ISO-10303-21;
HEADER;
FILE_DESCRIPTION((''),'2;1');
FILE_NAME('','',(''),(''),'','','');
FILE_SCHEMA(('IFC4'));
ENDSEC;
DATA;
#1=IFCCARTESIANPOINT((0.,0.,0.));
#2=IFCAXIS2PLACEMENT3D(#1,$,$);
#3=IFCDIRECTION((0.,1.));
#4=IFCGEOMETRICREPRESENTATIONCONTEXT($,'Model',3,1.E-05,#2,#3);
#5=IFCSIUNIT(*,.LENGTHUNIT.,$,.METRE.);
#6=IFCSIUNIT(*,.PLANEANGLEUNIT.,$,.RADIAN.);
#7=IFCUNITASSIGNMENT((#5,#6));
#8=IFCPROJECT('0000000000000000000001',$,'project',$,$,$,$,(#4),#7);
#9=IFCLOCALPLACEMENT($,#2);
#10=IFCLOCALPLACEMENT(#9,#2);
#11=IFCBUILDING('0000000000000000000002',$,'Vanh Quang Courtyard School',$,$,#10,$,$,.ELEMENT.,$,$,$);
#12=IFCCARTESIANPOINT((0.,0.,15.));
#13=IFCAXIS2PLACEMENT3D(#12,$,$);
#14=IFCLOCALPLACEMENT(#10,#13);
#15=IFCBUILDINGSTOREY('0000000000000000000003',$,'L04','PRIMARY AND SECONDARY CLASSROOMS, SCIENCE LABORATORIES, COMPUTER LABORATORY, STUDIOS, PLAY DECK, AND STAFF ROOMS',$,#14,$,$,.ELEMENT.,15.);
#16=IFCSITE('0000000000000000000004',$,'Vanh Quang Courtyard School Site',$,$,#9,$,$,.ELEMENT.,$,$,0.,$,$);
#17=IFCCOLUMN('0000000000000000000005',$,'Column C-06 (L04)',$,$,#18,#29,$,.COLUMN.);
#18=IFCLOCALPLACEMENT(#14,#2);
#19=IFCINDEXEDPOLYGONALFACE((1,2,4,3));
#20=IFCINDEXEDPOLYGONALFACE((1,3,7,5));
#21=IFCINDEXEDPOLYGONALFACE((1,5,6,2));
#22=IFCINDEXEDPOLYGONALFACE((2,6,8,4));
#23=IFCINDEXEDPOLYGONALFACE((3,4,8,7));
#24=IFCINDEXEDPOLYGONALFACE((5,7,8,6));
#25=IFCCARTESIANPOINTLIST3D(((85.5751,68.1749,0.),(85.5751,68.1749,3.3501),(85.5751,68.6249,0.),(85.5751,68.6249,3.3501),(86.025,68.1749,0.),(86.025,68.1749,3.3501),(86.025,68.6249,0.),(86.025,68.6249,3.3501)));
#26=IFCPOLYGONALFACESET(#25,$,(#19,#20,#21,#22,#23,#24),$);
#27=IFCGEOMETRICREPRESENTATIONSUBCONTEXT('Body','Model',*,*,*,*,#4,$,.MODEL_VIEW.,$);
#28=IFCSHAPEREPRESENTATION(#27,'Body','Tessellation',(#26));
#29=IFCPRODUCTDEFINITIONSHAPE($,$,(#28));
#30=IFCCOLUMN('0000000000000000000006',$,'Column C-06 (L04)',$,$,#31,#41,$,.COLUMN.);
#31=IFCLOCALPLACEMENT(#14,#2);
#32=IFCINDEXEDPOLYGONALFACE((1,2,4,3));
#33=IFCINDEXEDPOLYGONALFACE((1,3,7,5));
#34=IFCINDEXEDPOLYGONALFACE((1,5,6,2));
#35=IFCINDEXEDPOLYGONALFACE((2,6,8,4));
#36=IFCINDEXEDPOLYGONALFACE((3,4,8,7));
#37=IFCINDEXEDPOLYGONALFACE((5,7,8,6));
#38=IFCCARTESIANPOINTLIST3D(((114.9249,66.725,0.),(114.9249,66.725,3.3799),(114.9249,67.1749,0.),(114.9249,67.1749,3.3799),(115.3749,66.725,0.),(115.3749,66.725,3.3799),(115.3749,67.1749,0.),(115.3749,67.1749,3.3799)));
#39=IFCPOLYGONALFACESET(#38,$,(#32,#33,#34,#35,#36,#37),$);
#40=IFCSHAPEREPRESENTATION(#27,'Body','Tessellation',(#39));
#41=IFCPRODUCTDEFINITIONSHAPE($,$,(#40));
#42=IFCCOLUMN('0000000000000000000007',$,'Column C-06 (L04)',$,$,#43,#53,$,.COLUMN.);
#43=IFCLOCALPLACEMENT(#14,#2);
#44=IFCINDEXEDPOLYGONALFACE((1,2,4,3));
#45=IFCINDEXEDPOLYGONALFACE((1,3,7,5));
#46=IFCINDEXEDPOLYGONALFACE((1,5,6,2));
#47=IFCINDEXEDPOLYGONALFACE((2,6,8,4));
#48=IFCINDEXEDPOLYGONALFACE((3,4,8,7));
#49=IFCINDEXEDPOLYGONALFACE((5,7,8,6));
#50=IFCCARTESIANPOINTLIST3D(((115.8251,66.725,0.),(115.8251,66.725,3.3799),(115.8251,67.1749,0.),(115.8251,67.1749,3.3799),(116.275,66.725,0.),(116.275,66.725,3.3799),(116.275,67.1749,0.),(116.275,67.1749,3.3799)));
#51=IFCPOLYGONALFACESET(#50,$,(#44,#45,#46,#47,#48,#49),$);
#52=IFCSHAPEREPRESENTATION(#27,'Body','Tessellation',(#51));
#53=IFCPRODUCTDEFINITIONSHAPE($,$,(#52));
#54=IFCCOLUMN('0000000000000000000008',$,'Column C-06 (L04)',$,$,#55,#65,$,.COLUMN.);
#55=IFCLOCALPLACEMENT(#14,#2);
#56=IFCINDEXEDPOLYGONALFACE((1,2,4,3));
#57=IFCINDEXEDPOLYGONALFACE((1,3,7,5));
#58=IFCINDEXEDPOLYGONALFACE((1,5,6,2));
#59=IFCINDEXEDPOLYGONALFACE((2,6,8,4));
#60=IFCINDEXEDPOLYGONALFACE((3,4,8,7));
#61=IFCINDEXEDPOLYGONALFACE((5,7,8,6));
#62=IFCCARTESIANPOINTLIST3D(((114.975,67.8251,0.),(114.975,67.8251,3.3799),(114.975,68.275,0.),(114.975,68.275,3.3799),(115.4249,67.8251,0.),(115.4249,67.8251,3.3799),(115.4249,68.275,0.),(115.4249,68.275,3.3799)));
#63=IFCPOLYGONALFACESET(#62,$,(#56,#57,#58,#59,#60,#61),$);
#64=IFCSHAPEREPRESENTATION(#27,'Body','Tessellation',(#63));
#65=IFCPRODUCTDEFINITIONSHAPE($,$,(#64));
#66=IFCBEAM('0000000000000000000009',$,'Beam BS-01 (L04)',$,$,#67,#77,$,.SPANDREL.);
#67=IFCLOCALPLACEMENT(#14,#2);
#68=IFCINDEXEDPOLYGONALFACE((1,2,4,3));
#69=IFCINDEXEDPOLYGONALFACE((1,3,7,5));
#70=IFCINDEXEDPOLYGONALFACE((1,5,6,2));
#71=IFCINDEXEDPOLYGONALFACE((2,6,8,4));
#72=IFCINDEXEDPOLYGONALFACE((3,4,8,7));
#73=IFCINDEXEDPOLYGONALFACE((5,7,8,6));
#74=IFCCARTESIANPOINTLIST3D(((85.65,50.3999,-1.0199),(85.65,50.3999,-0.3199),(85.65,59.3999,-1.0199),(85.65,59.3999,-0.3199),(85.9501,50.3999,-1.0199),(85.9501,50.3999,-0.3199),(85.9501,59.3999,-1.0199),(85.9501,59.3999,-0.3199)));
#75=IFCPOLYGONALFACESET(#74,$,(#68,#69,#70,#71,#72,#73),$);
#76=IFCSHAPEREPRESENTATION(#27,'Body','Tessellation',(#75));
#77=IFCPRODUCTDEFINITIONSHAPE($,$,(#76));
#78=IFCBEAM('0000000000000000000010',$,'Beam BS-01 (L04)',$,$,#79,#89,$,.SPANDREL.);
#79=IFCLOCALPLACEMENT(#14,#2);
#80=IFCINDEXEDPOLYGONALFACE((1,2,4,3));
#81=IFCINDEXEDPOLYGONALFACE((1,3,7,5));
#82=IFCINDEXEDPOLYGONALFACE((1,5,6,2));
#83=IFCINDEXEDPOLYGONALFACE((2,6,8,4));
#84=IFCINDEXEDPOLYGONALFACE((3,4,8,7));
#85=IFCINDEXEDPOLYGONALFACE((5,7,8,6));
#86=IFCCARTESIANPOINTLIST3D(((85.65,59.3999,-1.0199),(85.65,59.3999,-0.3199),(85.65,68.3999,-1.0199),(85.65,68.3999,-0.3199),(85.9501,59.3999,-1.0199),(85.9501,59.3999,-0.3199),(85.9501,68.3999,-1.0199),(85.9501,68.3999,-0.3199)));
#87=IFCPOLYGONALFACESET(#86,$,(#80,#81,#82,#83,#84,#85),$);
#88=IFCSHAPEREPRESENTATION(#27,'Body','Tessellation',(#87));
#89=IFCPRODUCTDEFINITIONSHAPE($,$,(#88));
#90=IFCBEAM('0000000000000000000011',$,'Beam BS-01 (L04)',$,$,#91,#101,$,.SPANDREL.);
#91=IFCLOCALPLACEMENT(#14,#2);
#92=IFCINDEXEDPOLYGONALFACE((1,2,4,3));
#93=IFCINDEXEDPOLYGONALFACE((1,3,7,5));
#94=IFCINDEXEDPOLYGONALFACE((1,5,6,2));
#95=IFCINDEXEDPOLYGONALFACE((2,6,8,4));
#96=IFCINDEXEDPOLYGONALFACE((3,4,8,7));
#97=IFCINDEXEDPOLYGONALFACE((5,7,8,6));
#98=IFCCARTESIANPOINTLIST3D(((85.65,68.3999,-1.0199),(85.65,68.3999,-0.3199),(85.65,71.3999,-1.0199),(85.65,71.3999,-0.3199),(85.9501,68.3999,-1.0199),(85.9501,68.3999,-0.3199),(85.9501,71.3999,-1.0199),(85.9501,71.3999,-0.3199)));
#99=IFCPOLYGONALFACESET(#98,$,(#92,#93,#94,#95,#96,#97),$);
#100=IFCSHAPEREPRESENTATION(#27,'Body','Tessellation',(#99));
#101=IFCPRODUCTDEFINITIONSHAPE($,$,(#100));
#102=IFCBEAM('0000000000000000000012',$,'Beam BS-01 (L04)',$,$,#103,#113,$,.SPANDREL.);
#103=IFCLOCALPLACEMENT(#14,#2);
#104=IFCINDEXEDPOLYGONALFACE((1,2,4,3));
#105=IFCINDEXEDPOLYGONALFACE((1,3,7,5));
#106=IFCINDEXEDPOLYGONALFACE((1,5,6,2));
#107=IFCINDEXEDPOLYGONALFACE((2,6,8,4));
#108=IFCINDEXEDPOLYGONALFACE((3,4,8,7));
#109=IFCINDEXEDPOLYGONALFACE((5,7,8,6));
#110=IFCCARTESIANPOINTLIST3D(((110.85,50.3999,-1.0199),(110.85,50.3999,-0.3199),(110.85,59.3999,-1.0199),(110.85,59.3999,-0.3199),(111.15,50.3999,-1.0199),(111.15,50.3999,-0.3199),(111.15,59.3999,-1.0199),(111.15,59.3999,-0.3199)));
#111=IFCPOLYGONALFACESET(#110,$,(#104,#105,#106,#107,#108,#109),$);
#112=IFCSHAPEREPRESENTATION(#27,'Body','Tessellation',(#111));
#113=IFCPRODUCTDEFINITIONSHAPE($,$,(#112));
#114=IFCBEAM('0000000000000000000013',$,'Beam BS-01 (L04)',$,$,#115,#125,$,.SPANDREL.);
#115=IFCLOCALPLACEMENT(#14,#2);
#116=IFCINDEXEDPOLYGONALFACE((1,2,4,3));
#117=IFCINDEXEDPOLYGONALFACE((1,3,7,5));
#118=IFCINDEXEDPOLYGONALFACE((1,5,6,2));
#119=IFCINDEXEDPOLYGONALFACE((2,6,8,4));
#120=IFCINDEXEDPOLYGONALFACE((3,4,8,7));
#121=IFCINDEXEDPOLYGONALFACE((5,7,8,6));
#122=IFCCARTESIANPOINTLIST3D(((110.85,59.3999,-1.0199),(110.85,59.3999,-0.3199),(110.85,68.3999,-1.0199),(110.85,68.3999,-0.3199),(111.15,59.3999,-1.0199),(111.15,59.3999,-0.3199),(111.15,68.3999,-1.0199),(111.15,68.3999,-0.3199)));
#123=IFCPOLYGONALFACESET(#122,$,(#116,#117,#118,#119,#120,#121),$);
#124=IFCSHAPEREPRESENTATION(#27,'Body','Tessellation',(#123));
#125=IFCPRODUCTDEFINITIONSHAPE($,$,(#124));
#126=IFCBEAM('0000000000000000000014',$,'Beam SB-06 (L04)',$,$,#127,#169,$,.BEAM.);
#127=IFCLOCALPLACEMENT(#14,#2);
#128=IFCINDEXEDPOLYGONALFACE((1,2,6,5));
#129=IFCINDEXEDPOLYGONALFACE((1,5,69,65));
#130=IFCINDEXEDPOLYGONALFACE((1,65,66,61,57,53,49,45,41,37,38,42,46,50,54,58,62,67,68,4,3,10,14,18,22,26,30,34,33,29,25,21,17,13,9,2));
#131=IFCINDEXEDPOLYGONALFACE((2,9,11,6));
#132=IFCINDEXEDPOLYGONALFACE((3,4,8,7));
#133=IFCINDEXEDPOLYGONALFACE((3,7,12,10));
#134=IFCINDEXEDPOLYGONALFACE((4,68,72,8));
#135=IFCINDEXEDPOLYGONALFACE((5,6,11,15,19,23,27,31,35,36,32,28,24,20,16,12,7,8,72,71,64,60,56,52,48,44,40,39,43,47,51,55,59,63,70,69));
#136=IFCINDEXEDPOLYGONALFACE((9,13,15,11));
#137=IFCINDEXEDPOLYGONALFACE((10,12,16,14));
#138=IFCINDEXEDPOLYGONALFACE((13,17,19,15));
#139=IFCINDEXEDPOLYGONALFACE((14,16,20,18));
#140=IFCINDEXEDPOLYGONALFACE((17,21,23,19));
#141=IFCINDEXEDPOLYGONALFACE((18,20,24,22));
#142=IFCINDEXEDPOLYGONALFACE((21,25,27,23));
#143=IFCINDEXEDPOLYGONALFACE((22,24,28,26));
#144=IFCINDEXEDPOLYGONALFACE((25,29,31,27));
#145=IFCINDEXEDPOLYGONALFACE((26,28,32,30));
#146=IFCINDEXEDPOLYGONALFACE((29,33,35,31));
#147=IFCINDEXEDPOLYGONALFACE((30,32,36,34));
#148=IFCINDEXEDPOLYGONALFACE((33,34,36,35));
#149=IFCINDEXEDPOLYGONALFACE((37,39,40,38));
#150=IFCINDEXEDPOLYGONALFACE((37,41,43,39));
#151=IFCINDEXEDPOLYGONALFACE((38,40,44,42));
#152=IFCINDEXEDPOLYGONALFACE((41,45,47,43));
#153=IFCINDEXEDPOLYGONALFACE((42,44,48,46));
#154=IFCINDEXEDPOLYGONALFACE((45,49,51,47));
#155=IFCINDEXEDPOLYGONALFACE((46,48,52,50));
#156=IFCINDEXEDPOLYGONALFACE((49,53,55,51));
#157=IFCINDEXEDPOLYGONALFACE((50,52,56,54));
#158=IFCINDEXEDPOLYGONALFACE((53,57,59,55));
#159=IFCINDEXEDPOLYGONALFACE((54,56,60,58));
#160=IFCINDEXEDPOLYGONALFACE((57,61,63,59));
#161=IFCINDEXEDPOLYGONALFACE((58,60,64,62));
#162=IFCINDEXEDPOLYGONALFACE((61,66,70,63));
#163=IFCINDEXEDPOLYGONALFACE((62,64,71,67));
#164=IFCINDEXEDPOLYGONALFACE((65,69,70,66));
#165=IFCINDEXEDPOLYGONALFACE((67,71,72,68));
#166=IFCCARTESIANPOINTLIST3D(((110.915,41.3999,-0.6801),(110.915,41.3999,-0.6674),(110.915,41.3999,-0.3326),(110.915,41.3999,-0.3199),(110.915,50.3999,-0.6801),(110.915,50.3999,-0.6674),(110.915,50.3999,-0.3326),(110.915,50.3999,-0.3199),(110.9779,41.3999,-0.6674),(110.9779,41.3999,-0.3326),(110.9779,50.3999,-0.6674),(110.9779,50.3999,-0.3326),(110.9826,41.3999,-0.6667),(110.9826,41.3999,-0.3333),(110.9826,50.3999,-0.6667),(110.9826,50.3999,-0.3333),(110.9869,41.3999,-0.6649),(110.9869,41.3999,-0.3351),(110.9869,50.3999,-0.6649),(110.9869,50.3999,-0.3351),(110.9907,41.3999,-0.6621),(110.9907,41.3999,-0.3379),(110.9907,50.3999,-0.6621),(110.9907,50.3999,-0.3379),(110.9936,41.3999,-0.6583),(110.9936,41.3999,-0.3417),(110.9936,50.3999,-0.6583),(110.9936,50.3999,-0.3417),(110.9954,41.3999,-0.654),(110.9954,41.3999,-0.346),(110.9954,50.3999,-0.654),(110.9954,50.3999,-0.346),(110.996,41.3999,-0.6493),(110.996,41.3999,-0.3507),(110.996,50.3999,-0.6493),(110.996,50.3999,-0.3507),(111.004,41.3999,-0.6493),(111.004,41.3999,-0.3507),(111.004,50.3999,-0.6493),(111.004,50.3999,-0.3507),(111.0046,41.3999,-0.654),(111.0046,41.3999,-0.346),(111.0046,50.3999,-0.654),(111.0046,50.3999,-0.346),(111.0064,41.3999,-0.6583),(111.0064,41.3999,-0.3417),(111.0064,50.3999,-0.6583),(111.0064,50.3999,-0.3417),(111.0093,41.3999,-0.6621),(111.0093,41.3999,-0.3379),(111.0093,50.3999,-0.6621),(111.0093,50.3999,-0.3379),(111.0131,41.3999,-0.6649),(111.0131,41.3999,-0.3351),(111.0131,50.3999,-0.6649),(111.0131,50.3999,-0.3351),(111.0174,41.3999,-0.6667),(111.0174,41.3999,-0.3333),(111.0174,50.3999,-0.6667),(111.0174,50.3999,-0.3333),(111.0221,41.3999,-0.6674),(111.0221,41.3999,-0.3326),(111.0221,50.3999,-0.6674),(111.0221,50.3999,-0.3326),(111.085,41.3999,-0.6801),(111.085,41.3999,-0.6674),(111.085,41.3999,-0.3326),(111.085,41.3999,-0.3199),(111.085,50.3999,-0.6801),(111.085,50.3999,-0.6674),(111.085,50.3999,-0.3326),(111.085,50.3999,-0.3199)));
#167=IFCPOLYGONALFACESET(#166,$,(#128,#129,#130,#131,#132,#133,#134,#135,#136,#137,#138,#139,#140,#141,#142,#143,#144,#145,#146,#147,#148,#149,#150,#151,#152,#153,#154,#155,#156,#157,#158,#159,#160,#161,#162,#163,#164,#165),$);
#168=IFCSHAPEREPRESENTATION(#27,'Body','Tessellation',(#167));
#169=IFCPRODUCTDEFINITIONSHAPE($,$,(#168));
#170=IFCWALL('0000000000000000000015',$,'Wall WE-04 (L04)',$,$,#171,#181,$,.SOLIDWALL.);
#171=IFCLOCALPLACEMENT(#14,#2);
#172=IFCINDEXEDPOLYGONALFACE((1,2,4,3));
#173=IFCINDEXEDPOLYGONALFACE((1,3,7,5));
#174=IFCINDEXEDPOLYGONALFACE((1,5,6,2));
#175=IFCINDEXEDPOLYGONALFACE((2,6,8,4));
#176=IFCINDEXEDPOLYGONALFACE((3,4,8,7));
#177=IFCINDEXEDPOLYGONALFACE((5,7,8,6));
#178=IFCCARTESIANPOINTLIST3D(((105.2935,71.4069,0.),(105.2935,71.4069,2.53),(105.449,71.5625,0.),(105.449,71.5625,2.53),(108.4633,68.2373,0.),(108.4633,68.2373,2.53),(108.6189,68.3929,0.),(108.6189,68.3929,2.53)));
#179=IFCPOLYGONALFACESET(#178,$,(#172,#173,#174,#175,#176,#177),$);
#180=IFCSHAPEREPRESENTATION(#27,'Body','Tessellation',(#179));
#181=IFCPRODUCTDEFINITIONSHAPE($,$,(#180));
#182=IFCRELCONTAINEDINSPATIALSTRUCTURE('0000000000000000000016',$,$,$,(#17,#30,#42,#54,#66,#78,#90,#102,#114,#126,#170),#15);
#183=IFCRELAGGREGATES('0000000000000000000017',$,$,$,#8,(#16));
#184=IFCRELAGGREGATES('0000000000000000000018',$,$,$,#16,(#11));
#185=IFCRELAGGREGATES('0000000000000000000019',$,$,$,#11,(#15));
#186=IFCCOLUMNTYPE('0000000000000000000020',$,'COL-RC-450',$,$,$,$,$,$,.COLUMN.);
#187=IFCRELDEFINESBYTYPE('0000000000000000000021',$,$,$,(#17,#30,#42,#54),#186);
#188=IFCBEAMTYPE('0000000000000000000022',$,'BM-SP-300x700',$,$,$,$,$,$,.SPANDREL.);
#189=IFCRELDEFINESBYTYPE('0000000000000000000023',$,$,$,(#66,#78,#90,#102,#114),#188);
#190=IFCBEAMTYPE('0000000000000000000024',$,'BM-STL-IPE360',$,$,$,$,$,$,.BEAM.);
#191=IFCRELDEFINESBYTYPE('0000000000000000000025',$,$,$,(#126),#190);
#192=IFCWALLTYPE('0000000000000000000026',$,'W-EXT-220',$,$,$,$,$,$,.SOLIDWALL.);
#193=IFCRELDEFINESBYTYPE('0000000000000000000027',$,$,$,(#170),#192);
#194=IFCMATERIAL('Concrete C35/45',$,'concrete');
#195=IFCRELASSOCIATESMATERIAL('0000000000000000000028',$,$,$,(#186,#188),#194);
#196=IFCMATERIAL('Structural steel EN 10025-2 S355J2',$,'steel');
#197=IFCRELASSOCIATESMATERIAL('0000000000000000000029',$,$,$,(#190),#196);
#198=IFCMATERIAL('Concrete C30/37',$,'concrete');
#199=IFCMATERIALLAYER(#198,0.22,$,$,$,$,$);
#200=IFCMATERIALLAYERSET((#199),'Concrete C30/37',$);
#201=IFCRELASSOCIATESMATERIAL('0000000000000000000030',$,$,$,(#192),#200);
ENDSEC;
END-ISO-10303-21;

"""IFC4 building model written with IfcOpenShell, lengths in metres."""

from ifc_helpers import new_model, si_unit, direction, frame, frame_2d, origin, origin_2d, place, context, subcontext, project, spatial, rectangle, i_section, extrude, material, layer, layer_set, material_profile, profile_set, type_object, element, save


model = new_model("IFC4")

# Units and contexts
model_context = context("Model", 3, precision=1e-05, world=origin(), true_north=direction((0.0, 1.0)))
body_context = subcontext(model_context, "Body", "Model", "MODEL_VIEW")
ifc_project = project(units=[si_unit("LENGTHUNIT", "METRE"), si_unit("PLANEANGLEUNIT", "RADIAN")], contexts=[model_context])

# Site, building, storey
site_placement = place(None, origin())
site = spatial("IfcSite", under=ifc_project, at=site_placement, Name="Vanh Quang Courtyard School Site", CompositionType="ELEMENT", RefElevation=0.0)
building_placement = place(site_placement, origin())
building = spatial("IfcBuilding", under=site, at=building_placement, Name="Vanh Quang Courtyard School", CompositionType="ELEMENT")
storey_placement = place(building_placement, frame((0.0, 0.0, 15.0)))
storey = spatial("IfcBuildingStorey", under=building, at=storey_placement, Name="L04", Description="PRIMARY AND SECONDARY CLASSROOMS, SCIENCE LABORATORIES, COMPUTER LABORATORY, STUDIOS, PLAY DECK, AND STAFF ROOMS", CompositionType="ELEMENT", Elevation=15.0)

# Columns
ifc_material_1 = material(Name="Concrete C35/45", Category="concrete")
ifc_material_profile_1 = material_profile(ifc_material_1, rectangle(XDim=0.45, YDim=0.45, at=origin_2d()), Name="RC-COL 450x450")
ifc_profile_set_1 = profile_set([ifc_material_profile_1], Name="Concrete C35/45")
column_type = type_object("IfcColumnType", Name="COL-RC-450", PredefinedType="COLUMN", material=ifc_profile_set_1)
column_placement = place(storey_placement, frame((85.8, 68.3999, 0.0), z_axis=(0.0, 0.0, 1.0), x_axis=(1.0, 0.0, 0.0)))
element("IfcColumn", 1, at=column_placement, inside=storey, type_object=column_type, Name="Column C-06 (L04)", PredefinedType="COLUMN", context=body_context, shape_type="SweptSolid", body=[
    extrude(rectangle(XDim=0.45, YDim=0.45, at=origin_2d()), origin(), (0.0, 0.0, 1.0), 3.3501),
])
for number, where, z_axis, x_axis, name in (
    (2, (115.1499, 66.95, 0.0), (0.0, 0.0, 1.0), (1.0, 0.0, 0.0), "Column C-06 (L04)"),
    (3, (116.05, 66.95, 0.0), (0.0, 0.0, 1.0), (1.0, 0.0, 0.0), "Column C-06 (L04)"),
    (4, (115.2, 68.05, 0.0), (0.0, 0.0, 1.0), (1.0, 0.0, 0.0), "Column C-06 (L04)"),
):
    element("IfcColumn", number, at=place(storey_placement, frame(where, z_axis=z_axis, x_axis=x_axis)), inside=storey, type_object=column_type, Name=name, PredefinedType="COLUMN", context=body_context, shape_type="SweptSolid", body=[
        extrude(rectangle(XDim=0.45, YDim=0.45, at=origin_2d()), origin(), (0.0, 0.0, 1.0), 3.3799),
    ])

# Beams
ifc_material_profile_2 = material_profile(ifc_material_1, rectangle(XDim=0.3, YDim=0.7, at=origin_2d()), Name="RC-SP 300x700")
ifc_profile_set_2 = profile_set([ifc_material_profile_2], Name="Concrete C35/45")
beam_type_1 = type_object("IfcBeamType", Name="BM-SP-300x700", PredefinedType="SPANDREL", material=ifc_profile_set_2)
for number, where, z_axis, x_axis, name in (
    (5, (85.8, 50.3999, -0.6699), (0.0, 1.0, 0.0), (-1.0, 0.0, 0.0), "Beam BS-01 (L04)"),
    (6, (85.8, 59.3999, -0.6699), (0.0, 1.0, 0.0), (-1.0, 0.0, 0.0), "Beam BS-01 (L04)"),
):
    element("IfcBeam", number, at=place(storey_placement, frame(where, z_axis=z_axis, x_axis=x_axis)), inside=storey, type_object=beam_type_1, Name=name, PredefinedType="SPANDREL", context=body_context, shape_type="SweptSolid", body=[
        extrude(rectangle(XDim=0.3, YDim=0.7, at=origin_2d()), origin(), (0.0, 0.0, 1.0), 9.0),
    ])
beam_1_placement = place(storey_placement, frame((85.8, 68.3999, -0.6699), z_axis=(0.0, 1.0, 0.0), x_axis=(-1.0, 0.0, 0.0)))
element("IfcBeam", 7, at=beam_1_placement, inside=storey, type_object=beam_type_1, Name="Beam BS-01 (L04)", PredefinedType="SPANDREL", context=body_context, shape_type="SweptSolid", body=[
    extrude(rectangle(XDim=0.3, YDim=0.7, at=origin_2d()), origin(), (0.0, 0.0, 1.0), 3.0),
])
for number, where, z_axis, x_axis, name in (
    (8, (111.0, 50.3999, -0.6699), (0.0, 1.0, 0.0), (-1.0, 0.0, 0.0), "Beam BS-01 (L04)"),
    (9, (111.0, 59.3999, -0.6699), (0.0, 1.0, 0.0), (-1.0, 0.0, 0.0), "Beam BS-01 (L04)"),
):
    element("IfcBeam", number, at=place(storey_placement, frame(where, z_axis=z_axis, x_axis=x_axis)), inside=storey, type_object=beam_type_1, Name=name, PredefinedType="SPANDREL", context=body_context, shape_type="SweptSolid", body=[
        extrude(rectangle(XDim=0.3, YDim=0.7, at=origin_2d()), origin(), (0.0, 0.0, 1.0), 9.0),
    ])
ifc_material_2 = material(Name="Structural steel EN 10025-2 S355J2", Category="steel")
ifc_material_profile_3 = material_profile(ifc_material_2, i_section(OverallWidth=0.1699, OverallDepth=0.3601, WebThickness=0.0081, FlangeThickness=0.0127, FilletRadius=0.0181, at=origin_2d()), Name="IPE 360")
ifc_profile_set_3 = profile_set([ifc_material_profile_3], Name="Structural steel EN 10025-2 S355J2")
beam_type_2 = type_object("IfcBeamType", Name="BM-STL-IPE360", PredefinedType="BEAM", material=ifc_profile_set_3)
beam_2_placement = place(storey_placement, frame((111.0, 41.3999, -0.5), z_axis=(0.0, 1.0, 0.0), x_axis=(-1.0, 0.0, 0.0)))
element("IfcBeam", 10, at=beam_2_placement, inside=storey, type_object=beam_type_2, Name="Beam SB-06 (L04)", PredefinedType="BEAM", context=body_context, shape_type="SweptSolid", body=[
    extrude(i_section(OverallWidth=0.1699, OverallDepth=0.3601, WebThickness=0.0081, FlangeThickness=0.0127, FilletRadius=0.0181, at=origin_2d()), origin(), (0.0, 0.0, 1.0), 9.0),
])

# Wall
ifc_material_3 = material(Name="Concrete C30/37", Category="concrete")
ifc_layer = layer(ifc_material_3, 0.22)
ifc_layer_set = layer_set([ifc_layer], Name="Concrete C30/37")
wall_type = type_object("IfcWallType", Name="W-EXT-220", PredefinedType="SOLIDWALL", material=ifc_layer_set)
wall_1_placement = place(storey_placement, frame((108.541, 68.3152, 0.0), z_axis=(0.0, 0.0, 1.0), x_axis=(-0.707134, 0.70708, 0.0)))
element("IfcWall", 11, at=wall_1_placement, inside=storey, type_object=wall_type, Name="Wall WE-04 (L04)", PredefinedType="SOLIDWALL", context=body_context, shape_type="SweptSolid", body=[
    extrude(rectangle(XDim=4.4827, YDim=0.22, at=frame_2d((2.2412, 0.0))), origin(), (0.0, 0.0, 1.0), 2.53),
])

save(model, "model.ifc")
